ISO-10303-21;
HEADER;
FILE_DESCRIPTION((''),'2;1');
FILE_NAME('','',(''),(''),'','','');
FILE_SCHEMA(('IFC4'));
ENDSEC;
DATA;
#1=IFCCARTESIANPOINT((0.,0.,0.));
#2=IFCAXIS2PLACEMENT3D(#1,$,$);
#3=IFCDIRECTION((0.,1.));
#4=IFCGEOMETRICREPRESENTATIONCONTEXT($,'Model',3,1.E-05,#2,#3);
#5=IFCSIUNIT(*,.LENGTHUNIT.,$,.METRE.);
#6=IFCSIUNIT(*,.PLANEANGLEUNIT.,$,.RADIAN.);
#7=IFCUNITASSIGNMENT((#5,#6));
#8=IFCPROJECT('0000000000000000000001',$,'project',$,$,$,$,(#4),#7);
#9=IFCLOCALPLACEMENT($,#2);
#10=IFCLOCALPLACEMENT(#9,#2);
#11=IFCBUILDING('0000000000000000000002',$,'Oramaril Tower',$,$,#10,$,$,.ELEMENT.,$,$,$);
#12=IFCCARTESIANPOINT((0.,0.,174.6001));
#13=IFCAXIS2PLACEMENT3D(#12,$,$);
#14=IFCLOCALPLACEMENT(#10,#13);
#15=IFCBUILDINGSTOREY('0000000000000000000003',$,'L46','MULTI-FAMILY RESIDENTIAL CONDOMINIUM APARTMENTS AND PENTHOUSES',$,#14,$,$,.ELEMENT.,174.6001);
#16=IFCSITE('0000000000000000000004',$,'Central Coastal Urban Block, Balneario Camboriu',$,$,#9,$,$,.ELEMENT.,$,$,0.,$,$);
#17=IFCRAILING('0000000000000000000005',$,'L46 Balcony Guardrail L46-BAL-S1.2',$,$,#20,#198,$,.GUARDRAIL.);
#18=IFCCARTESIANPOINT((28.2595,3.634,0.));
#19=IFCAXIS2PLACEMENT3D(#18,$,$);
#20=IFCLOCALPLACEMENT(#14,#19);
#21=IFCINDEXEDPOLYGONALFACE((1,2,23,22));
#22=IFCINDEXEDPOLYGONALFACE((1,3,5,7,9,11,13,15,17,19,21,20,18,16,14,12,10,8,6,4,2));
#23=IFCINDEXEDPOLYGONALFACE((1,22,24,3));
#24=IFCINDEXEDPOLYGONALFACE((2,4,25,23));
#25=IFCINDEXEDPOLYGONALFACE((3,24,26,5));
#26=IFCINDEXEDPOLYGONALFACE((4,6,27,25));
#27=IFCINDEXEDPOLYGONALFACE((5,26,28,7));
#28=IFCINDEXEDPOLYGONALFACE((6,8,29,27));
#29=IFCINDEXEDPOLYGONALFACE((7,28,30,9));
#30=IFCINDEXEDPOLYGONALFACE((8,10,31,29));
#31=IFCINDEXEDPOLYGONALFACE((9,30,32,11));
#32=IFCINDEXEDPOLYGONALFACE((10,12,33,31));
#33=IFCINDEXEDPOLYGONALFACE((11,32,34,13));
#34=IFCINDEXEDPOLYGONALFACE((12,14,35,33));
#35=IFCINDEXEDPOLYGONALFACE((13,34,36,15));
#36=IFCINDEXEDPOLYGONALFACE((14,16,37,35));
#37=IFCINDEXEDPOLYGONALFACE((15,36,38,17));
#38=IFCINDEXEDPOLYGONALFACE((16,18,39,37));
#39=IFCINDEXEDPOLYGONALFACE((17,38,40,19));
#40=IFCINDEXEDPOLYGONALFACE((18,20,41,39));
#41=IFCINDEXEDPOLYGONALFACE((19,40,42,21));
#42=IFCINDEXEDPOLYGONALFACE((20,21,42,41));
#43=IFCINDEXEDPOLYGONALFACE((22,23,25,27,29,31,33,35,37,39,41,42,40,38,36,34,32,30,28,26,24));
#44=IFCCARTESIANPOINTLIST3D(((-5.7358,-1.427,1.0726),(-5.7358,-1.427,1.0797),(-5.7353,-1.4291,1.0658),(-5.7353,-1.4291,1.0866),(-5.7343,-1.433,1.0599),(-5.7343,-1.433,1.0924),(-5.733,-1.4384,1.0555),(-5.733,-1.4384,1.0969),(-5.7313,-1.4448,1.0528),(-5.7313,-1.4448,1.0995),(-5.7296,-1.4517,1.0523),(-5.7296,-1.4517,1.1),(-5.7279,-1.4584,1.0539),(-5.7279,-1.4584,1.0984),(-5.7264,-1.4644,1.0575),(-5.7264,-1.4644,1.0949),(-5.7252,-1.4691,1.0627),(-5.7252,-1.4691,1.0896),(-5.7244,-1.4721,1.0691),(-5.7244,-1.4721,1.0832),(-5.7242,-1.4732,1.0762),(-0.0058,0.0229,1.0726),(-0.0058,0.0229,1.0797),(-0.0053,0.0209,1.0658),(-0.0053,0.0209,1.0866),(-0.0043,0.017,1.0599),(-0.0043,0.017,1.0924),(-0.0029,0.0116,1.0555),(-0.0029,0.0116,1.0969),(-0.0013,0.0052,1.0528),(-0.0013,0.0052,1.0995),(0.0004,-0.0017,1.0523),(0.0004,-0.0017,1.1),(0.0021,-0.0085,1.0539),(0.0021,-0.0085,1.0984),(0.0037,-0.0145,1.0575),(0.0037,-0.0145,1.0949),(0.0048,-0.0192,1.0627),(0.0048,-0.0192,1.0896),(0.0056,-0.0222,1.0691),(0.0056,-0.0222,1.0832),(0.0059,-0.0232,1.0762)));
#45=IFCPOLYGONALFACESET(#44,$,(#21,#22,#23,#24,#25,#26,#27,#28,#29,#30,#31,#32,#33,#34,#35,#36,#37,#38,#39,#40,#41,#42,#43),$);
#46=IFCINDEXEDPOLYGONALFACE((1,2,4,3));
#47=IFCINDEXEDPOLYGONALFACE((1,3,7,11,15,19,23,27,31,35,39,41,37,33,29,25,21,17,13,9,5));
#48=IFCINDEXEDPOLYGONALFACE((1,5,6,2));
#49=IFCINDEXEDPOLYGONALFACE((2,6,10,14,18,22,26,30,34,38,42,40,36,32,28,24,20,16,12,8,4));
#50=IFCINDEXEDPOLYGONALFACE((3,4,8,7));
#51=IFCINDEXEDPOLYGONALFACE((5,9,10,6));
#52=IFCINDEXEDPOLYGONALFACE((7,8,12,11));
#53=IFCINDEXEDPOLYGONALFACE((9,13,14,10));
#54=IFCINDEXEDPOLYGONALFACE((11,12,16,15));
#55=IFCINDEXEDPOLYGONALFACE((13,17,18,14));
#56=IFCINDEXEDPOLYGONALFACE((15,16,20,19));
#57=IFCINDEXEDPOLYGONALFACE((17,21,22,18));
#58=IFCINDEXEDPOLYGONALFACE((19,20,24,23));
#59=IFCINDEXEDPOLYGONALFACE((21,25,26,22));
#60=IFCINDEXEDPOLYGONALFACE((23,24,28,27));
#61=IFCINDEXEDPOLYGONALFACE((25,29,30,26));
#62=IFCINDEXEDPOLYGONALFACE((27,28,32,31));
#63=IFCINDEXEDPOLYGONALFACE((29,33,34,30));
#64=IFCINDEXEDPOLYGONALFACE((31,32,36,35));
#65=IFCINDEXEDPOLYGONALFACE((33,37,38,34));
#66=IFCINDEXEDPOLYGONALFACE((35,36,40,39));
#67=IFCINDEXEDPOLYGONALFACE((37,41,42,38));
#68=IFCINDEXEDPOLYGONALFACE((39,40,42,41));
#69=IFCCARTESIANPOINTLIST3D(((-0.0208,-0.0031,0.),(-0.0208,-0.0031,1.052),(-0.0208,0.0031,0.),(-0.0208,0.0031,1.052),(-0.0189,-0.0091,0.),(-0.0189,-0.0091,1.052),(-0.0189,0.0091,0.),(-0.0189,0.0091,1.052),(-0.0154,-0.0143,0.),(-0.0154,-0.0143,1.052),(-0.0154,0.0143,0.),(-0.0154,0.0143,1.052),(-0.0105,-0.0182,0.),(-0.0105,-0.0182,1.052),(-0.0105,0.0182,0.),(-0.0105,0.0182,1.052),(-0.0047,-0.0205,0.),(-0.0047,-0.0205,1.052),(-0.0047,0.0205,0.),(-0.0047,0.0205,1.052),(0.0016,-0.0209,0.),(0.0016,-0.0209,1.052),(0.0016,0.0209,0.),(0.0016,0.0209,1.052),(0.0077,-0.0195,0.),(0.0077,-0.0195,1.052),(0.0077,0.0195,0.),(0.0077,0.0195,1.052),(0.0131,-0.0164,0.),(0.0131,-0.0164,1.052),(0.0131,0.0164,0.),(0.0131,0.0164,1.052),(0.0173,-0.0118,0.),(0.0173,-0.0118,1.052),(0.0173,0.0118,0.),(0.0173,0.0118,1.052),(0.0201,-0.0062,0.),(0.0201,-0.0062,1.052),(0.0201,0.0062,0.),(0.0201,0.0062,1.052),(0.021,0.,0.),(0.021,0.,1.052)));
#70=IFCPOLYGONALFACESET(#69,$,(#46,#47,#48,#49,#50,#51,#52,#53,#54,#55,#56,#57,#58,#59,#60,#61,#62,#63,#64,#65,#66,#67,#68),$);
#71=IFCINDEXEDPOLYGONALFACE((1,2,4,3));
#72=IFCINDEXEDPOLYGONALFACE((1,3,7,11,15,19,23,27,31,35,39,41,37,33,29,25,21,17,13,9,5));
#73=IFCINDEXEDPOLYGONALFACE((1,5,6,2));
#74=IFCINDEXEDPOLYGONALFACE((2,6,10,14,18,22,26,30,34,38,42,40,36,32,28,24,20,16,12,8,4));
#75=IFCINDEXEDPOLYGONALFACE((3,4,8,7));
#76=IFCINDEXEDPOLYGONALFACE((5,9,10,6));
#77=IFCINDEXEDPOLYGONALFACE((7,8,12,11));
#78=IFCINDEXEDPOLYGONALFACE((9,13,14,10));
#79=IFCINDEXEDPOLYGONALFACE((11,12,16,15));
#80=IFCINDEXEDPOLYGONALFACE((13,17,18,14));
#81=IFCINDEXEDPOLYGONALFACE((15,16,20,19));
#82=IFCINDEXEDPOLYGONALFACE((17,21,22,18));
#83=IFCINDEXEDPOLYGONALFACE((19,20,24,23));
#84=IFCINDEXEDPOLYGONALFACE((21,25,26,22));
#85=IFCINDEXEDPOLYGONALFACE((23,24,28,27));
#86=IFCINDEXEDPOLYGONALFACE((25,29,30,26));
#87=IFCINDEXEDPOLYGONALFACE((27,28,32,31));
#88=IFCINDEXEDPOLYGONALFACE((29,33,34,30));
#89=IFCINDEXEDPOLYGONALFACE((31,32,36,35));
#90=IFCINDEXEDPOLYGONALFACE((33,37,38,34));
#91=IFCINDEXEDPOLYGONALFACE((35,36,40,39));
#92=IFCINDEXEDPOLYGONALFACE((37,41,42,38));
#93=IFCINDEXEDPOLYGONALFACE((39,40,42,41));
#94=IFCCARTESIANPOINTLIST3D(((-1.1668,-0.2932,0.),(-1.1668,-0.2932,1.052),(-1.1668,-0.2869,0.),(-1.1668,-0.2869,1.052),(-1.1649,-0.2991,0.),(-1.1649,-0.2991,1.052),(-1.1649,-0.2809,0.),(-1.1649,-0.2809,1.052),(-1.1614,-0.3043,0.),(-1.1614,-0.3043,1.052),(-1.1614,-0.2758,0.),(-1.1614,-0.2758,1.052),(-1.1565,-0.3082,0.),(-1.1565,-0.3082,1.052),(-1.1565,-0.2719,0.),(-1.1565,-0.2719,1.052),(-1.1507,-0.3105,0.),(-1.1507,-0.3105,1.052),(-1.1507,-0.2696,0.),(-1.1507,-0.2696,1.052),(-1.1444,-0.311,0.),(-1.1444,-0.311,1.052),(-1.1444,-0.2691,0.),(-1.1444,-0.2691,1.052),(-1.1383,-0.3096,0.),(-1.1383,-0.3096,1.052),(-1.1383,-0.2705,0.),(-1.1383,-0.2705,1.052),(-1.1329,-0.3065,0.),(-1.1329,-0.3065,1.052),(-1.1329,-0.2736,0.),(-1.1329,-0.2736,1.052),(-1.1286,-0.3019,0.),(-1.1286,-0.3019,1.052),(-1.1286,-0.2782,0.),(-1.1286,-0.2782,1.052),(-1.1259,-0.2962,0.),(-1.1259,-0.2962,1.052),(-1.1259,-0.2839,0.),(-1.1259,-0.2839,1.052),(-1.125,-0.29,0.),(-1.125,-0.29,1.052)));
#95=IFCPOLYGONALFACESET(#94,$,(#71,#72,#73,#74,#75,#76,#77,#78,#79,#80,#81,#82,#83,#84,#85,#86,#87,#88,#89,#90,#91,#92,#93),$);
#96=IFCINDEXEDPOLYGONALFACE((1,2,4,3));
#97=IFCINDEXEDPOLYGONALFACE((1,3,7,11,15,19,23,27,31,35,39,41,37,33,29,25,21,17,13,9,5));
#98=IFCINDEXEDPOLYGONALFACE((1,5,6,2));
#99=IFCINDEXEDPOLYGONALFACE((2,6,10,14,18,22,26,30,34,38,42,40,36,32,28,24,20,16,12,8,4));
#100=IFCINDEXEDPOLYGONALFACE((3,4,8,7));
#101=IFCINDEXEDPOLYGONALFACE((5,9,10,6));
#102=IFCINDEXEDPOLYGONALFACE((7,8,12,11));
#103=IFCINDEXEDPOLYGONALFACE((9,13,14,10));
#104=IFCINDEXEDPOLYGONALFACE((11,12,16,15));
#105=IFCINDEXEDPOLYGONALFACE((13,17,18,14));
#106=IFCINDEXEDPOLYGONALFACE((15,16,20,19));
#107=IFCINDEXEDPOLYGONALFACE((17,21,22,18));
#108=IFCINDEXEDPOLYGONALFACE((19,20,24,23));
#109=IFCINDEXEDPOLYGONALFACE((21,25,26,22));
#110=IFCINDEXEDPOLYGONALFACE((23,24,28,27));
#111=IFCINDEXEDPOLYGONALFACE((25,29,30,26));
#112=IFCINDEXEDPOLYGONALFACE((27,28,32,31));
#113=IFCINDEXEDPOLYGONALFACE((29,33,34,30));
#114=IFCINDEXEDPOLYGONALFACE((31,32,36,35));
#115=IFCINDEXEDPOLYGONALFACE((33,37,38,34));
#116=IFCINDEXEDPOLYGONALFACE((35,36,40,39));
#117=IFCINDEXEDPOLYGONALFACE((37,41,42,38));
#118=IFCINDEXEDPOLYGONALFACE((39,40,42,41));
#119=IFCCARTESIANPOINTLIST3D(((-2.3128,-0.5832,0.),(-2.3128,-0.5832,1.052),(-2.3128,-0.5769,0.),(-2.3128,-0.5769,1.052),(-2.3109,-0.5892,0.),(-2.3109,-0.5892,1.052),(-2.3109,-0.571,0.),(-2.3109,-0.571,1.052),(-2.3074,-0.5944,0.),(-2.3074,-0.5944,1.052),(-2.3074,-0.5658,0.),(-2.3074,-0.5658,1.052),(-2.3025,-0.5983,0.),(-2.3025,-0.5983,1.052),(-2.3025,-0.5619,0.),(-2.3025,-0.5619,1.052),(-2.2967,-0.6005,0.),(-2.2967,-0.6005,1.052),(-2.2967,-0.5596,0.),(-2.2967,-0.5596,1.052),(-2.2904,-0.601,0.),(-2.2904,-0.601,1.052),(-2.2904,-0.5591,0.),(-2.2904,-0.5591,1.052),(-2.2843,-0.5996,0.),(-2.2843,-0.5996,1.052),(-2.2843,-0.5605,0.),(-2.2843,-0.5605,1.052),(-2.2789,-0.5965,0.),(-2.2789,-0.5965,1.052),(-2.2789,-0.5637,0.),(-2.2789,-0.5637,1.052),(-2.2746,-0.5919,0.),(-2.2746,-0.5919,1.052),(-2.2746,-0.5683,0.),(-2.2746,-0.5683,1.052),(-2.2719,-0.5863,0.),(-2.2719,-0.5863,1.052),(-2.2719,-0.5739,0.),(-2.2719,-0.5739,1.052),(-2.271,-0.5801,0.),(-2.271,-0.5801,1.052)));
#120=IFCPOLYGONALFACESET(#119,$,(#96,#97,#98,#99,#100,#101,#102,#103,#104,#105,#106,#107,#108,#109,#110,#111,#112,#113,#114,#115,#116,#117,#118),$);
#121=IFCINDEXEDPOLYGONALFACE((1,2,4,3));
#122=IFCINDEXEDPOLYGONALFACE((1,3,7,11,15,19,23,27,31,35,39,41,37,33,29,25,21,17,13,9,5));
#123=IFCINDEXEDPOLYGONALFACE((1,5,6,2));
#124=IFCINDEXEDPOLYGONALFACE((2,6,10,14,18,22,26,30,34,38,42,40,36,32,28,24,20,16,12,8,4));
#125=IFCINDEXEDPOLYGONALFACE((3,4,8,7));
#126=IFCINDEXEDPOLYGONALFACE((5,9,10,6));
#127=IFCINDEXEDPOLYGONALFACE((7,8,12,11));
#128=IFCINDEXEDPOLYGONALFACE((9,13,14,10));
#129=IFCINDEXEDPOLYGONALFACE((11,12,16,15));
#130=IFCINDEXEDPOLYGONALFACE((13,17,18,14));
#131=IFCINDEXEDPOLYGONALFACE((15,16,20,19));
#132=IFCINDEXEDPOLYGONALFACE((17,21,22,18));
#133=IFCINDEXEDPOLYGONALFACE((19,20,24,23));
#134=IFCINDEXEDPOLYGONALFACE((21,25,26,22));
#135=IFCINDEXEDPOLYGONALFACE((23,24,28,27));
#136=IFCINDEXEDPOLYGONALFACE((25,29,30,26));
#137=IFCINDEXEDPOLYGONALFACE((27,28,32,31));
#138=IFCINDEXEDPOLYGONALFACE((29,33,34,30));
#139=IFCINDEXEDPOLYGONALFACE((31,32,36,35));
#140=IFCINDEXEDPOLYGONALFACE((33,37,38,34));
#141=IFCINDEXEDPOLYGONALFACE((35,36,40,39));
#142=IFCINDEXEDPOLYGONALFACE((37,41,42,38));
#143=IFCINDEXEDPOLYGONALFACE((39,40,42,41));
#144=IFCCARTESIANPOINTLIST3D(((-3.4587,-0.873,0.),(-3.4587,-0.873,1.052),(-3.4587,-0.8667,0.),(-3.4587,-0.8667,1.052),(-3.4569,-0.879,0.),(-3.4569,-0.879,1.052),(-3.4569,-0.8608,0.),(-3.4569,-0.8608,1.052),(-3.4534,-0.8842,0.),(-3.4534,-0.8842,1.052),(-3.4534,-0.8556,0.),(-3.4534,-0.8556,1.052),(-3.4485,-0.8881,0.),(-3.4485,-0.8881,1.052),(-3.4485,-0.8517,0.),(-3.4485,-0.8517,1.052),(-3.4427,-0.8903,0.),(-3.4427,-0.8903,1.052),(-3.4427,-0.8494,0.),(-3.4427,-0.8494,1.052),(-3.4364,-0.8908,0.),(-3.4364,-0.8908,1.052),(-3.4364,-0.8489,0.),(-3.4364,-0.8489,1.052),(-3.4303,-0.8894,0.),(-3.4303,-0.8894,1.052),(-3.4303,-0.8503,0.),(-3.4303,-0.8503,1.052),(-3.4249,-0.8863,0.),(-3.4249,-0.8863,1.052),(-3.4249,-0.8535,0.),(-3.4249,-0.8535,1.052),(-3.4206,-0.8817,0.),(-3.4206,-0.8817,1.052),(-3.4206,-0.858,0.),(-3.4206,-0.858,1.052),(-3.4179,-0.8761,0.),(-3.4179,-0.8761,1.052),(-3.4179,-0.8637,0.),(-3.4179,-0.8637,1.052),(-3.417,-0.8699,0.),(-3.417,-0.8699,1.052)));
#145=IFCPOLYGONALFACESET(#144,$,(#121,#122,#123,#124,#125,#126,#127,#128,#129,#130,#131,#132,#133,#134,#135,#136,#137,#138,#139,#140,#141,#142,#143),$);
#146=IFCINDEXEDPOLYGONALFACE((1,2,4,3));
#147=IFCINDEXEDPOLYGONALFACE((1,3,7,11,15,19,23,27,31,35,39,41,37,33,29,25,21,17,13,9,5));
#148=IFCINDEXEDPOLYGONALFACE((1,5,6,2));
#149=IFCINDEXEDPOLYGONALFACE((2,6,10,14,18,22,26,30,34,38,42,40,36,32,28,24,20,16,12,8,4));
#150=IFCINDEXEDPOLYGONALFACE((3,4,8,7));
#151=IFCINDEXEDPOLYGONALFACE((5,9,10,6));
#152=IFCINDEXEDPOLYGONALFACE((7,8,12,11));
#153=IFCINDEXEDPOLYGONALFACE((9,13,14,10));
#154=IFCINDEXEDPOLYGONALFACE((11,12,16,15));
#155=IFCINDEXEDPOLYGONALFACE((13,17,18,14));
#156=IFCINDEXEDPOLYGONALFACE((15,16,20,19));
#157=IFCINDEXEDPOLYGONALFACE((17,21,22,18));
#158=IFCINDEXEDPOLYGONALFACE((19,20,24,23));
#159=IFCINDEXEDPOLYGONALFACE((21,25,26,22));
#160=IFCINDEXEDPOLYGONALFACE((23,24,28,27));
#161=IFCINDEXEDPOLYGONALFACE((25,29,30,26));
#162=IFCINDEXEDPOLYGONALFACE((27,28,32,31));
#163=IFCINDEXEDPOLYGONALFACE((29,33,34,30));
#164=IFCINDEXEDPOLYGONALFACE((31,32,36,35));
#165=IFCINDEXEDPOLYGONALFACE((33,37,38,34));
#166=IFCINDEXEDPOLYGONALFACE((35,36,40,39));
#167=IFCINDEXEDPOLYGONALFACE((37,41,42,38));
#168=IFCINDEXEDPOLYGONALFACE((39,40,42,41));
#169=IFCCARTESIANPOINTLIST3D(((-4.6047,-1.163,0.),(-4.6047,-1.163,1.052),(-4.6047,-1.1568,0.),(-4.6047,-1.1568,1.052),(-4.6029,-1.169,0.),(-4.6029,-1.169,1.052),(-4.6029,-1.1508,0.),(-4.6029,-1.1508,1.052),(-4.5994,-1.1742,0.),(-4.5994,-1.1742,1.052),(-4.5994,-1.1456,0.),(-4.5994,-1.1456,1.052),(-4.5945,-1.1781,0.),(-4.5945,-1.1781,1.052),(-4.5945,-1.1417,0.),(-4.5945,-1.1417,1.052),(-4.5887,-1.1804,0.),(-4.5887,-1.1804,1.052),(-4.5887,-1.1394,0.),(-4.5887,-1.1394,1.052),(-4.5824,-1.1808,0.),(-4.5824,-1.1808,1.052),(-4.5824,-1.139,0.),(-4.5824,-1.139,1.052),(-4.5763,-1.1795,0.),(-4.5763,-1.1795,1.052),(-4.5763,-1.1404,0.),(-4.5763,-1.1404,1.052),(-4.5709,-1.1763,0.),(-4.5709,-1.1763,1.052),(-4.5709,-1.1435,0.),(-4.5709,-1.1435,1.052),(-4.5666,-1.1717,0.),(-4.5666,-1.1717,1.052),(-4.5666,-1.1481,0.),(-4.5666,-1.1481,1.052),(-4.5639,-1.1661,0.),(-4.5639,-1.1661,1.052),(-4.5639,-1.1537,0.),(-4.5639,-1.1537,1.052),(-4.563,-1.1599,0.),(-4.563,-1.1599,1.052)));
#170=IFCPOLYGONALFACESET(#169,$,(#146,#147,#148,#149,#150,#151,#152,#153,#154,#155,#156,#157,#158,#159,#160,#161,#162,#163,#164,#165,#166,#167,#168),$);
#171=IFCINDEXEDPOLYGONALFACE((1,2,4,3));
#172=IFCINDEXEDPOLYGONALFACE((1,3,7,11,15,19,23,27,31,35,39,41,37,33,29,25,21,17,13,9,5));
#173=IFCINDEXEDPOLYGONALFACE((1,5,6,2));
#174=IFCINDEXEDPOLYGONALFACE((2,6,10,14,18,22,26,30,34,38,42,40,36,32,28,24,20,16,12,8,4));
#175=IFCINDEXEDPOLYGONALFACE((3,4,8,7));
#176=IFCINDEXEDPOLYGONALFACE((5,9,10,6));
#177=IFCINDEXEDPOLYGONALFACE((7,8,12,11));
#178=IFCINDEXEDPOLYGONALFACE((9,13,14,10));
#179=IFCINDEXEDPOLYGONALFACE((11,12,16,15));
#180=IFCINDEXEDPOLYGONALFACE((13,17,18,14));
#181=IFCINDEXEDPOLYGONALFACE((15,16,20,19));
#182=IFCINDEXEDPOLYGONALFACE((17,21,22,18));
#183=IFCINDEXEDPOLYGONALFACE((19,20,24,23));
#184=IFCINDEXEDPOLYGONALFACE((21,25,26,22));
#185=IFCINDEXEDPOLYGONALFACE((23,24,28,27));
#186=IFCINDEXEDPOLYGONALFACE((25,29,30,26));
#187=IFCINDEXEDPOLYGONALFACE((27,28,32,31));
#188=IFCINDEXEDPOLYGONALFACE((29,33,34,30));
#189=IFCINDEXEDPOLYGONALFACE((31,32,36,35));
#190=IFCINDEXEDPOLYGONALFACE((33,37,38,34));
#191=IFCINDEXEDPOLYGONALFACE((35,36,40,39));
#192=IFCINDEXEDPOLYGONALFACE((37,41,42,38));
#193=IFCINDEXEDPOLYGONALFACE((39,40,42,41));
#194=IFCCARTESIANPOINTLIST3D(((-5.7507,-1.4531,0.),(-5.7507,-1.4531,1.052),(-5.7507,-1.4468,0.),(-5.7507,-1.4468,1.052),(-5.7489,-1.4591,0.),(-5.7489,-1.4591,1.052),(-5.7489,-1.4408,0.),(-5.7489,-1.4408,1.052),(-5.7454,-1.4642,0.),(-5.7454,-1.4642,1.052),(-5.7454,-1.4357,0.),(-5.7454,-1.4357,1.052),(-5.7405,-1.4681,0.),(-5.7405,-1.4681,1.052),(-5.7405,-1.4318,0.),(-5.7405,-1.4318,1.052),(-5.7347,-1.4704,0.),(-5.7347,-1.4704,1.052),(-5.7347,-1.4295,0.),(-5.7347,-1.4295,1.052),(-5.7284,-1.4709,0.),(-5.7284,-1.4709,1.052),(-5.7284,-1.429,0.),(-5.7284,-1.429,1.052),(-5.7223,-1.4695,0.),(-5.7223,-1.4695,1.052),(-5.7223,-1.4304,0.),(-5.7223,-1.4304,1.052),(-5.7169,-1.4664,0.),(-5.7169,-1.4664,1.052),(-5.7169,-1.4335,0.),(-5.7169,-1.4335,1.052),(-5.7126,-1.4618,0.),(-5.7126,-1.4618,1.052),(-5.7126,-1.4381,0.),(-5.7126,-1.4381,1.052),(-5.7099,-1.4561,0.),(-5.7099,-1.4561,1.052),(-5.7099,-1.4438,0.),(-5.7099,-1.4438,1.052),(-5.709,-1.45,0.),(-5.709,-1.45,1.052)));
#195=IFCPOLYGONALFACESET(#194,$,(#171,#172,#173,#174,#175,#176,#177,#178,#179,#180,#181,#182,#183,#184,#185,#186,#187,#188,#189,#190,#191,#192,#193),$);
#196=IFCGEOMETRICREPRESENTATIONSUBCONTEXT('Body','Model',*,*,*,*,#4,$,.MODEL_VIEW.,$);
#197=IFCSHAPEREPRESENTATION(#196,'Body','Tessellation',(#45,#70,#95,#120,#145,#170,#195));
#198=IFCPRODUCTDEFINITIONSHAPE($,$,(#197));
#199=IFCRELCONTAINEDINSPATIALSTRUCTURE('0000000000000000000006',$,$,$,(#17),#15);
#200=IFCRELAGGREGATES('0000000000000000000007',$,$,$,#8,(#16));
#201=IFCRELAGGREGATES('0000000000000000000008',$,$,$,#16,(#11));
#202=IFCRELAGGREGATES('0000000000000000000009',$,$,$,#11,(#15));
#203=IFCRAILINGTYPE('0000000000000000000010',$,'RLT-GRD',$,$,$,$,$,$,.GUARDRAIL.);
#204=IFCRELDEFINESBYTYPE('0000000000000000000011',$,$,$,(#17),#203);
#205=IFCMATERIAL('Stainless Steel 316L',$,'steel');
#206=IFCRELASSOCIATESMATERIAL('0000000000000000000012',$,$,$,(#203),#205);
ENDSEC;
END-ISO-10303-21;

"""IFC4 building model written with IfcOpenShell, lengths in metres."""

from ifc_helpers import new_model, si_unit, direction, frame, origin, origin_2d, place, context, subcontext, project, spatial, circle, extrude, material, type_object, element, save


model = new_model("IFC4")

# Units and contexts
model_context = context("Model", 3, precision=1e-05, world=origin(), true_north=direction((0.0, 1.0)))
body_context = subcontext(model_context, "Body", "Model", "MODEL_VIEW")
ifc_project = project(units=[si_unit("LENGTHUNIT", "METRE"), si_unit("PLANEANGLEUNIT", "RADIAN")], contexts=[model_context])

# Site, building, storey
site_placement = place(None, origin())
site = spatial("IfcSite", under=ifc_project, at=site_placement, Name="Central Coastal Urban Block, Balneario Camboriu", CompositionType="ELEMENT", RefElevation=0.0)
building_placement = place(site_placement, origin())
building = spatial("IfcBuilding", under=site, at=building_placement, Name="Oramaril Tower", CompositionType="ELEMENT")
storey_placement = place(building_placement, frame((0.0, 0.0, 174.6001)))
storey = spatial("IfcBuildingStorey", under=building, at=storey_placement, Name="L46", Description="MULTI-FAMILY RESIDENTIAL CONDOMINIUM APARTMENTS AND PENTHOUSES", CompositionType="ELEMENT", Elevation=174.6001)

# Railing
ifc_material_1 = material(Name="Stainless Steel 316L", Category="steel")
railing_type = type_object("IfcRailingType", Name="RLT-GRD", PredefinedType="GUARDRAIL", material=ifc_material_1)
railing_1_placement = place(storey_placement, frame((28.2595, 3.634, 0.0)))
element("IfcRailing", 1, at=railing_1_placement, inside=storey, type_object=railing_type, Name="L46 Balcony Guardrail L46-BAL-S1.2", PredefinedType="GUARDRAIL", context=body_context, shape_type="SweptSolid", body=[
    extrude(circle(Radius=0.0239, at=origin_2d()), frame((0.0, 0.0, 1.0762), z_axis=(-0.969444, -0.245314, 0.0), x_axis=(0.245314, -0.969444, 0.0)), (0.0, 0.0, 1.0), 5.9106),
    extrude(circle(Radius=0.021, at=origin_2d()), origin(), (0.0, 0.0, 1.0), 1.052),
    extrude(circle(Radius=0.021, at=origin_2d()), frame((-1.146, -0.29, 0.0)), (0.0, 0.0, 1.0), 1.052),
    extrude(circle(Radius=0.021, at=origin_2d()), frame((-2.292, -0.5801, 0.0)), (0.0, 0.0, 1.0), 1.052),
    extrude(circle(Radius=0.021, at=origin_2d()), frame((-3.438, -0.8699, 0.0)), (0.0, 0.0, 1.0), 1.052),
    extrude(circle(Radius=0.021, at=origin_2d()), frame((-4.584, -1.1599, 0.0)), (0.0, 0.0, 1.0), 1.052),
    extrude(circle(Radius=0.021, at=origin_2d()), frame((-5.73, -1.45, 0.0)), (0.0, 0.0, 1.0), 1.052),
])

save(model, "model.ifc")
